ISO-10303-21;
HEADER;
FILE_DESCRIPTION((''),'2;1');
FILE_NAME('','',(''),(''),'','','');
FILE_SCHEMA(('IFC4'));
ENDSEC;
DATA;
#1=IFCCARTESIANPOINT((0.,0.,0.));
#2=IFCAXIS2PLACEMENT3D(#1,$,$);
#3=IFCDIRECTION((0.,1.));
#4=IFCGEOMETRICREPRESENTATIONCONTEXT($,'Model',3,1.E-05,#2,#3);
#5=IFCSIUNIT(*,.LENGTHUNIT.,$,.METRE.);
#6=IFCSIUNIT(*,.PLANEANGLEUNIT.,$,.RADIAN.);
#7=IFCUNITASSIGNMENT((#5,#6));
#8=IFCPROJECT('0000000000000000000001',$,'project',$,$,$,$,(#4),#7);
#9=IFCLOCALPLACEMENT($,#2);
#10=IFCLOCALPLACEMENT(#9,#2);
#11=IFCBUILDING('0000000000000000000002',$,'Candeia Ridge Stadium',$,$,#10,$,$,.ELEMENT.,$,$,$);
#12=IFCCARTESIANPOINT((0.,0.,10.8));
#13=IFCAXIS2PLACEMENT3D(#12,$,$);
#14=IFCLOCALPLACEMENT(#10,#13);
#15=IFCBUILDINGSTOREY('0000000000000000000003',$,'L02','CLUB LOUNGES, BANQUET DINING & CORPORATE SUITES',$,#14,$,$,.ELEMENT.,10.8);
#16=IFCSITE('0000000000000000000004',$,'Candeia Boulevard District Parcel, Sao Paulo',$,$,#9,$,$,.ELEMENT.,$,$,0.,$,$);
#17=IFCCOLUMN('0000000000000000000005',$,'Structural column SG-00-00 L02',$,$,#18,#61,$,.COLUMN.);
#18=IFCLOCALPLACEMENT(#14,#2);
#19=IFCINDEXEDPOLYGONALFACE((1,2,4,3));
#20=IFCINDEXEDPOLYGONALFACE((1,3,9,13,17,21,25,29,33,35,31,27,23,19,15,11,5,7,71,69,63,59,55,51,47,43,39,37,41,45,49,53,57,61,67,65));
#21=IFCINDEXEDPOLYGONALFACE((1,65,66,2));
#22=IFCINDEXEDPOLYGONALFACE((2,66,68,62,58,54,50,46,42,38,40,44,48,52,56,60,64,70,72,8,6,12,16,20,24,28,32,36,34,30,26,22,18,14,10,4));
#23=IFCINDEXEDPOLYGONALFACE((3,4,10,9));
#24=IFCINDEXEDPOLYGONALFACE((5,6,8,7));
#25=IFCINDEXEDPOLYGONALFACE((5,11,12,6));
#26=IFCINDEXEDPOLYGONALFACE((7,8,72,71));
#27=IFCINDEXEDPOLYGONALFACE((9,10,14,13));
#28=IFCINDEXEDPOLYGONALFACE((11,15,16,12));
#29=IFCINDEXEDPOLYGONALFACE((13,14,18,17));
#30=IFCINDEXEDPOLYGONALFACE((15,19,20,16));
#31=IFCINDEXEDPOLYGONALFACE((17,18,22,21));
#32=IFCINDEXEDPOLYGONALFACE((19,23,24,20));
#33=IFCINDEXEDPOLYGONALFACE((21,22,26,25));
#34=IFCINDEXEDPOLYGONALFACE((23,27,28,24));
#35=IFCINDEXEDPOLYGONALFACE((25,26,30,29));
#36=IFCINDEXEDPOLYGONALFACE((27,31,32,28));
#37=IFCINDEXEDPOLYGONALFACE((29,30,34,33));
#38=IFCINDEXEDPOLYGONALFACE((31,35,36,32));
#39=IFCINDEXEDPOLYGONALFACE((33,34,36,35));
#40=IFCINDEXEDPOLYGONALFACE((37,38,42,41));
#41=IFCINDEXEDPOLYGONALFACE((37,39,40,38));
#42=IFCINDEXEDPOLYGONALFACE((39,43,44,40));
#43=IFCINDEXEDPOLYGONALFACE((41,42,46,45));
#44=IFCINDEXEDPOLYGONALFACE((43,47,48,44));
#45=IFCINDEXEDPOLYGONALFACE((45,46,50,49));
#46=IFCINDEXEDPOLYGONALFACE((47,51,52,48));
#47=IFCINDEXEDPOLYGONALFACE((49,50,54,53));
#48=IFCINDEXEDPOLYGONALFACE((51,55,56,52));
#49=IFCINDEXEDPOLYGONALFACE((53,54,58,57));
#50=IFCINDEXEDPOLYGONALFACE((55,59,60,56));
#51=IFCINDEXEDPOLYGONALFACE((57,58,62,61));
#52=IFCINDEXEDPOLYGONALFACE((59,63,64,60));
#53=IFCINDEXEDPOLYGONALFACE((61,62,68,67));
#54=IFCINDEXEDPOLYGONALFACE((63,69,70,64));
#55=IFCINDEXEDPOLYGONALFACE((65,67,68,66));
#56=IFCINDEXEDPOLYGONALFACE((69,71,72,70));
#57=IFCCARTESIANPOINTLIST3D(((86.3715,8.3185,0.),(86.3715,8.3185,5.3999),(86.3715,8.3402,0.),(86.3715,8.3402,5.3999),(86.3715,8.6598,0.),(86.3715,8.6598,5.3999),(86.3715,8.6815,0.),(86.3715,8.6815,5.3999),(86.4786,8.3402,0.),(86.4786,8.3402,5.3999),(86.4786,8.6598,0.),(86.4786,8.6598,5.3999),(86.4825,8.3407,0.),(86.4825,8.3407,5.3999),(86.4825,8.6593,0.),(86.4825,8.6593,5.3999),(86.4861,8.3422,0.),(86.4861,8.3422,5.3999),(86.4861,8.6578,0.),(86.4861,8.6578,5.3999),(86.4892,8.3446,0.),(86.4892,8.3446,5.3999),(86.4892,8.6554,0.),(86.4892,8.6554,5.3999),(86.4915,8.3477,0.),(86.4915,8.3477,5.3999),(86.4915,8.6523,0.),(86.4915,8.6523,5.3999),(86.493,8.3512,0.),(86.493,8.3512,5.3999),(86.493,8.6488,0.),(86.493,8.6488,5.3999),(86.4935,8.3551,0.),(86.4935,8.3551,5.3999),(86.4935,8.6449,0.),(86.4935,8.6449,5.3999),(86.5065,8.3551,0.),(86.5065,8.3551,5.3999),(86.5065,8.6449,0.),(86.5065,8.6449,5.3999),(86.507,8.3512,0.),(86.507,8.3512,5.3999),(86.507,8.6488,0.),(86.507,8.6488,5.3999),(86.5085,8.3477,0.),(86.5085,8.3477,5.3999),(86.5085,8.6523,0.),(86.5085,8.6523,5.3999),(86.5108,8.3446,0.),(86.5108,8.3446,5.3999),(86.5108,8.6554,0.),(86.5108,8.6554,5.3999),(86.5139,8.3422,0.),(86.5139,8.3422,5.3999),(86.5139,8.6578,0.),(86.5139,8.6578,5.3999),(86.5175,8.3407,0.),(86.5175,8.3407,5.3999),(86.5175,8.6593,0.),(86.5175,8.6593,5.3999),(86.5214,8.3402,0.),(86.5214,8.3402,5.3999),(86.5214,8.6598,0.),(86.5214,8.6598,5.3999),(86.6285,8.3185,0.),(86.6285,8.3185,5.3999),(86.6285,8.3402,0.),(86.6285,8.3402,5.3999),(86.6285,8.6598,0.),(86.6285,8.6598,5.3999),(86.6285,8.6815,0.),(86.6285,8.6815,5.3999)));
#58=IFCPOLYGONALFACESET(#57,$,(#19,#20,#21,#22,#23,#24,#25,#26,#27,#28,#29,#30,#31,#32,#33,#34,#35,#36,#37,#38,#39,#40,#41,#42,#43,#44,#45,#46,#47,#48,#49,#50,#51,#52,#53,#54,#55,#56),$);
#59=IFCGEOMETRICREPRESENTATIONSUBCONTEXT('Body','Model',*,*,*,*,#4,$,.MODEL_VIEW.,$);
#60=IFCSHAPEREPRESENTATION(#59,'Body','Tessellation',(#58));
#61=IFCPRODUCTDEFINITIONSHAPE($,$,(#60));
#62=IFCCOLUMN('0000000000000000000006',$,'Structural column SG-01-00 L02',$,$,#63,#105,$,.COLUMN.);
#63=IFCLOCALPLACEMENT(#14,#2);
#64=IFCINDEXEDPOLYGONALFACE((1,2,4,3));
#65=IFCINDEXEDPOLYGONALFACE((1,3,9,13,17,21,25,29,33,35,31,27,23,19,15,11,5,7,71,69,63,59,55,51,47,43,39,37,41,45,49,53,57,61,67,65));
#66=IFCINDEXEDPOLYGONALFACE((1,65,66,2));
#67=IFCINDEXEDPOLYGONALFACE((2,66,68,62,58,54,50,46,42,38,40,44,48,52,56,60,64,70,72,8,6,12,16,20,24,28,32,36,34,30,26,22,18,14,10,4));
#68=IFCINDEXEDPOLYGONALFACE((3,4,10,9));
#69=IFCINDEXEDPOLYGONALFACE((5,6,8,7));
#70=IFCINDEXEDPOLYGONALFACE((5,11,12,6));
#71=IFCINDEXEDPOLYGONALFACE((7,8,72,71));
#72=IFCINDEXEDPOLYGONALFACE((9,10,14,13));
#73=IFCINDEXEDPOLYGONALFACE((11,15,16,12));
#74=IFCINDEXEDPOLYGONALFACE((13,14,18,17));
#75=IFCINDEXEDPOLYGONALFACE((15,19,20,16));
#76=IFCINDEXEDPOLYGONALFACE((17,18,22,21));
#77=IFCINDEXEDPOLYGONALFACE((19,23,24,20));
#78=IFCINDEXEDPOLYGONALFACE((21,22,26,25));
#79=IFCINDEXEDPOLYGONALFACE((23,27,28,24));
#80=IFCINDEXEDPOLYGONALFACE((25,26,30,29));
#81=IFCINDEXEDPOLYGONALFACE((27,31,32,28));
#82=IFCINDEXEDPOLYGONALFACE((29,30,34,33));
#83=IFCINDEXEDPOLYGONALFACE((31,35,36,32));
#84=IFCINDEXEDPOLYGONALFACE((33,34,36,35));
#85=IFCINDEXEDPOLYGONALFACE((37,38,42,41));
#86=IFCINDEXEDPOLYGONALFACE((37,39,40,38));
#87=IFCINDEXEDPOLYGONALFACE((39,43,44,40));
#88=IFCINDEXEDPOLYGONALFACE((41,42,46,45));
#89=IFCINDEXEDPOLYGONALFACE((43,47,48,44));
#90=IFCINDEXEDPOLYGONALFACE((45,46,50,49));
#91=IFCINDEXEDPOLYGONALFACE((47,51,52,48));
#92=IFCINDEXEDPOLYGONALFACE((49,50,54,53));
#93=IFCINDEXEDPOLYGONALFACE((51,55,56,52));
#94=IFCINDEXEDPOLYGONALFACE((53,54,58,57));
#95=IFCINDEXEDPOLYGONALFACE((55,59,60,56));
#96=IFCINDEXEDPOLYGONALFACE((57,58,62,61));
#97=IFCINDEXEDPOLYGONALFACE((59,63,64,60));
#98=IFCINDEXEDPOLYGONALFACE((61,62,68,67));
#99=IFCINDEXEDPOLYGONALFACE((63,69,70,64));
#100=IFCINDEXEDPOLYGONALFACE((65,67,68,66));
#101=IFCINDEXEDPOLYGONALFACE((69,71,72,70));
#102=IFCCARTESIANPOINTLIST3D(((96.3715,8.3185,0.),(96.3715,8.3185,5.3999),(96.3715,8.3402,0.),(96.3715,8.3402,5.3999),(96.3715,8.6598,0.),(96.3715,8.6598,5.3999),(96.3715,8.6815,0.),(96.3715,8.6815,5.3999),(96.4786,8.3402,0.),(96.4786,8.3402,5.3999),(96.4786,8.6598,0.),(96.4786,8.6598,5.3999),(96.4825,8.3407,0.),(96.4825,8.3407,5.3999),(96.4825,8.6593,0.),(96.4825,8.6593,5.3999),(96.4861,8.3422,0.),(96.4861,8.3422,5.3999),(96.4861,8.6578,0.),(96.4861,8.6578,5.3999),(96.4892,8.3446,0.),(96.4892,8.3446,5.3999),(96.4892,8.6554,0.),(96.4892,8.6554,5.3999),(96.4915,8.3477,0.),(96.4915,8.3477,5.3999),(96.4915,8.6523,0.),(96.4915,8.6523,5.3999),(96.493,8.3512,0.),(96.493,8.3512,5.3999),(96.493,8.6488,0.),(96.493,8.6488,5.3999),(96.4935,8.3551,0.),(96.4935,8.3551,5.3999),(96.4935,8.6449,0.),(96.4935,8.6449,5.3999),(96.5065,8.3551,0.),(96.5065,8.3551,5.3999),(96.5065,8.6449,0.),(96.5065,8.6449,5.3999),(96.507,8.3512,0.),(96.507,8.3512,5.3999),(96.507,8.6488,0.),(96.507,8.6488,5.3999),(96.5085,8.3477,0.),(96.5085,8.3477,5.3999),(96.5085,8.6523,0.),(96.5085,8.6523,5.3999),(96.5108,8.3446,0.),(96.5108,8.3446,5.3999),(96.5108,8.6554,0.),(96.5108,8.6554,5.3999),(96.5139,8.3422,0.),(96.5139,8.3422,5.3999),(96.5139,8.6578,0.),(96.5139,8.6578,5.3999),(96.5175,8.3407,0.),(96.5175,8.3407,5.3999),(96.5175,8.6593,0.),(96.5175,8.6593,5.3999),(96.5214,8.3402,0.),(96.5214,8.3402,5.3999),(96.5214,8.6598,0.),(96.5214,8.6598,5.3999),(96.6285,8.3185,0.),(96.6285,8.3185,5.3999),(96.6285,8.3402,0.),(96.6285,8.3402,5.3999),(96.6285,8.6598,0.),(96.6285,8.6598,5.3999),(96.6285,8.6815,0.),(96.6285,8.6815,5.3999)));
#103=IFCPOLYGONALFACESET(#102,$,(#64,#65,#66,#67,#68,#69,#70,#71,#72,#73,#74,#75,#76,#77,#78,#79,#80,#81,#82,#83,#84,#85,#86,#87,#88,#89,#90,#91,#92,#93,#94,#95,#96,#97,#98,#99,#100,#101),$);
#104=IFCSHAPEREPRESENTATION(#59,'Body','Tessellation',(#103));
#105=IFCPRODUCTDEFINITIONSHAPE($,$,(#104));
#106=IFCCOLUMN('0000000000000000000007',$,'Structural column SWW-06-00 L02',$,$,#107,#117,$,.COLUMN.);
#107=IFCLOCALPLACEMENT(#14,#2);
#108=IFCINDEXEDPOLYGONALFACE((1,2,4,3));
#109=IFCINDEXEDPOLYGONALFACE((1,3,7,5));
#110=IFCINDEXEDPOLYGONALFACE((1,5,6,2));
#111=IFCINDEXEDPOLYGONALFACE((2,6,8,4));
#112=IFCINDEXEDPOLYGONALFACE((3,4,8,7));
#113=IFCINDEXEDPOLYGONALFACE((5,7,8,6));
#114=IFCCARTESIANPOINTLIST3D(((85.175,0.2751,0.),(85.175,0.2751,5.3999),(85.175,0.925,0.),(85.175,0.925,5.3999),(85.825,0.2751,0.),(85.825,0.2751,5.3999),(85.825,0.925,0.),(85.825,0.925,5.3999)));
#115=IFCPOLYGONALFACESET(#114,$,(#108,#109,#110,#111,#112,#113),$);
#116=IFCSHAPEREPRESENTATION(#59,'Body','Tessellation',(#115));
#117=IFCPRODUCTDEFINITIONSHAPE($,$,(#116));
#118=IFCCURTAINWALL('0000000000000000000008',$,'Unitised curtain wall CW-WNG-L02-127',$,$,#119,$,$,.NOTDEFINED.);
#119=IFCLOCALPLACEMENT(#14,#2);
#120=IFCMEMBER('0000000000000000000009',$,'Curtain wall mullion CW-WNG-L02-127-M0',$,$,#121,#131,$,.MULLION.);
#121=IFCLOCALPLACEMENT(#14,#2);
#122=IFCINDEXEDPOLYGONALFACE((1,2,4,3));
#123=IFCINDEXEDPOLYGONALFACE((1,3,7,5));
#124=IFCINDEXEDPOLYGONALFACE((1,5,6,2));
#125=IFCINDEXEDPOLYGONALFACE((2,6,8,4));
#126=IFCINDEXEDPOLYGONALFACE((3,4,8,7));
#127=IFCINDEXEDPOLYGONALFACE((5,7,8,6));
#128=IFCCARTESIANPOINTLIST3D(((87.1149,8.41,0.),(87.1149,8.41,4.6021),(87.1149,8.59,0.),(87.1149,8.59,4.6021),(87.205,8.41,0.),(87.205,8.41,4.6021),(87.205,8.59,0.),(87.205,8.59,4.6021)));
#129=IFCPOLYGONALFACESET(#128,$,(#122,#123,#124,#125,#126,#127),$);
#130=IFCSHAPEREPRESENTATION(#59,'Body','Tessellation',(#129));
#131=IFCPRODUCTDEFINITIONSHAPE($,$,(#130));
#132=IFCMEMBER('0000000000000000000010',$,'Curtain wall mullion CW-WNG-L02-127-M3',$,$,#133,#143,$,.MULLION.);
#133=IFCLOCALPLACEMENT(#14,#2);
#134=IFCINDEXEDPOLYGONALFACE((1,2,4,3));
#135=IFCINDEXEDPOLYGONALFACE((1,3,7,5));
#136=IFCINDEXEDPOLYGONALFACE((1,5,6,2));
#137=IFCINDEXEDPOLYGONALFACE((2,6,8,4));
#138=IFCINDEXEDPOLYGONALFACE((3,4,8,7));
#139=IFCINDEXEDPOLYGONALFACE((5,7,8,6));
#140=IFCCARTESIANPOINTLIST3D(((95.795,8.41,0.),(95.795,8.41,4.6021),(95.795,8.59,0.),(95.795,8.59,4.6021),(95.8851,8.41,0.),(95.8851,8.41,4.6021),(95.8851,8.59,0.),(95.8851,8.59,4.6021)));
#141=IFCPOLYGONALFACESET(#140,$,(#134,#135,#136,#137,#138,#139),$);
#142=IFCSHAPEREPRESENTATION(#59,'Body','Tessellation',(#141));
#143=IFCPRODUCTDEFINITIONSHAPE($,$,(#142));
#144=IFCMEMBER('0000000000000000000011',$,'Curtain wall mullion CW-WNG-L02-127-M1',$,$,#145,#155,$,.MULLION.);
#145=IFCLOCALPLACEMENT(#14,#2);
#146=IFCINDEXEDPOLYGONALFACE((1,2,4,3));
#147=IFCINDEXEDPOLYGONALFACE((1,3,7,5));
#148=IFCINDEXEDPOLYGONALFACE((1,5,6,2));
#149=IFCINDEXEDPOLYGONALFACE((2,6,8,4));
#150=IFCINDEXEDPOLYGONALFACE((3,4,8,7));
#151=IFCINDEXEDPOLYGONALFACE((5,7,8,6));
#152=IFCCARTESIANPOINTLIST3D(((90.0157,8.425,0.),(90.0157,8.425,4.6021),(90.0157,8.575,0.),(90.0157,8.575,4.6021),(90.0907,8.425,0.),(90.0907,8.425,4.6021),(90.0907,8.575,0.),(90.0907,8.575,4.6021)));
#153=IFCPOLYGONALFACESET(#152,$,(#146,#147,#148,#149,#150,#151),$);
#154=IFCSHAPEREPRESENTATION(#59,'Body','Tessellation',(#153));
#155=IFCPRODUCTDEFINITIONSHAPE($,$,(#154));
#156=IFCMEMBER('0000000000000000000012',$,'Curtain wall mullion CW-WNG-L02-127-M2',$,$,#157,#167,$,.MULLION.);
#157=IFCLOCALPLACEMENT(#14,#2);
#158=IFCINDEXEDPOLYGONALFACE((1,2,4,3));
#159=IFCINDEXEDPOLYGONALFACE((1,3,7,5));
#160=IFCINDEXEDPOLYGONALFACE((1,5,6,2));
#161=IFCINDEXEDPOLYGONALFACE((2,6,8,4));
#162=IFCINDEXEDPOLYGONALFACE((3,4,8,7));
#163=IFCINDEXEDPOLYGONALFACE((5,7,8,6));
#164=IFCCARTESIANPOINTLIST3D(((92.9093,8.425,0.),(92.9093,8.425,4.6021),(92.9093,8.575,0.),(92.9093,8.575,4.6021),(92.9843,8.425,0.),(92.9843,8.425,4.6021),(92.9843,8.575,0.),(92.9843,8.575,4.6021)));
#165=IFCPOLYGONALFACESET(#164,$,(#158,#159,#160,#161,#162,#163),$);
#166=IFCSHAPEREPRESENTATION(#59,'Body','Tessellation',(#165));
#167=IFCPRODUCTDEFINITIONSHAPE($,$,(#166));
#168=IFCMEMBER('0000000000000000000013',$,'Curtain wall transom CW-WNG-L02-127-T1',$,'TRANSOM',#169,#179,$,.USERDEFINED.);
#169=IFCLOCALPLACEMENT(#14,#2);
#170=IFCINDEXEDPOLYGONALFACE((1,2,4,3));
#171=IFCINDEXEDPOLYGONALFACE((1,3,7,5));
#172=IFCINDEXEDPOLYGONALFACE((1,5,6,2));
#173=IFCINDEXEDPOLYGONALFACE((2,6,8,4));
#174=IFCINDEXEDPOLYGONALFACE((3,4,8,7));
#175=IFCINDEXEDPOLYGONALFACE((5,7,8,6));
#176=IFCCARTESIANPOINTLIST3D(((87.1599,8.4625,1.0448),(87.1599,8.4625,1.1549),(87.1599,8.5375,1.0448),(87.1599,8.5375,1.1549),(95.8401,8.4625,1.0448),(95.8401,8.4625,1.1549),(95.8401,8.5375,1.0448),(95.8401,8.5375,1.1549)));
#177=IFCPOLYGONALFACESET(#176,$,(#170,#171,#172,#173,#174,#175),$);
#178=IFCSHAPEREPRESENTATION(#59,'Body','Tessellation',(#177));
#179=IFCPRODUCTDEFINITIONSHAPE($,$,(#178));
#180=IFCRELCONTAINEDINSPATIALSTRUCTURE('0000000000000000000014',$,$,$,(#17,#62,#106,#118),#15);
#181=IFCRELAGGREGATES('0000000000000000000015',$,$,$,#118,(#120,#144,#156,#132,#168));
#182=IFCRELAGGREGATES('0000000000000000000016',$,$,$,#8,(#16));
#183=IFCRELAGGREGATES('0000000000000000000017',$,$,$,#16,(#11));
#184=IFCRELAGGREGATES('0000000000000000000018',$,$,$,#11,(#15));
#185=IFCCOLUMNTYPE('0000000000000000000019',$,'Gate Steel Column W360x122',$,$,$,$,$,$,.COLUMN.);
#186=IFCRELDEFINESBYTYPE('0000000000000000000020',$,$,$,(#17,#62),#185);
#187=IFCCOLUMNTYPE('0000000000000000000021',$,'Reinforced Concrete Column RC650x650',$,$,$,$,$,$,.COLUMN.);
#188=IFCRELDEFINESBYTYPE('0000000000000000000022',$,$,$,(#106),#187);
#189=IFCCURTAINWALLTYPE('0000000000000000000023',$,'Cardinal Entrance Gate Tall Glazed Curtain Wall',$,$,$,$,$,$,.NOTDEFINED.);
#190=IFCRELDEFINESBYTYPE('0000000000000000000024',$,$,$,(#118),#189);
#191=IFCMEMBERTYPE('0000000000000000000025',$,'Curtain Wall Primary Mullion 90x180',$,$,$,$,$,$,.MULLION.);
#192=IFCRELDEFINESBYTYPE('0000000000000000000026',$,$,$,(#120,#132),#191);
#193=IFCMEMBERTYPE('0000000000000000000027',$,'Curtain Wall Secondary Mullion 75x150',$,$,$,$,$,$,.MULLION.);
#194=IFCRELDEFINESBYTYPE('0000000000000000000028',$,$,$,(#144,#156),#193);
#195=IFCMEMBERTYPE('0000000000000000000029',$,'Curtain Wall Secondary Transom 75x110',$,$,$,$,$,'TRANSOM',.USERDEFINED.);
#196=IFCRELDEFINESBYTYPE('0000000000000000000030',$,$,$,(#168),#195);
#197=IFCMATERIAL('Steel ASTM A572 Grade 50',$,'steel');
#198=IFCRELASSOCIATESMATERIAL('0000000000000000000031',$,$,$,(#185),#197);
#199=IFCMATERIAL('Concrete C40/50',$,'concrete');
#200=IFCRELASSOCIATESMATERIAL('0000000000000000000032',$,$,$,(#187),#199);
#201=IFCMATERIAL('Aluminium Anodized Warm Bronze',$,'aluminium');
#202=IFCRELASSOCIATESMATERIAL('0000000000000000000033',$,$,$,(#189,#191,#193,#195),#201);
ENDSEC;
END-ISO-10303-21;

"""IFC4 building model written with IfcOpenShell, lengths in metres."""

from ifc_helpers import new_model, si_unit, direction, frame, origin, origin_2d, place, context, subcontext, project, spatial, rectangle, i_section, extrude, material, material_profile, profile_set, type_object, element, aggregate, save


model = new_model("IFC4")

# Units and contexts
model_context = context("Model", 3, precision=1e-05, world=origin(), true_north=direction((0.0, 1.0)))
body_context = subcontext(model_context, "Body", "Model", "MODEL_VIEW")
ifc_project = project(units=[si_unit("LENGTHUNIT", "METRE"), si_unit("PLANEANGLEUNIT", "RADIAN")], contexts=[model_context])

# Site, building, storey
site_placement = place(None, origin())
site = spatial("IfcSite", under=ifc_project, at=site_placement, Name="Candeia Boulevard District Parcel, Sao Paulo", CompositionType="ELEMENT", RefElevation=0.0)
building_placement = place(site_placement, origin())
building = spatial("IfcBuilding", under=site, at=building_placement, Name="Candeia Ridge Stadium", CompositionType="ELEMENT")
storey_placement = place(building_placement, frame((0.0, 0.0, 10.8)))
storey = spatial("IfcBuildingStorey", under=building, at=storey_placement, Name="L02", Description="CLUB LOUNGES, BANQUET DINING & CORPORATE SUITES", CompositionType="ELEMENT", Elevation=10.8)

# Columns
ifc_material_1 = material(Name="Steel ASTM A572 Grade 50", Category="steel")
ifc_material_profile_1 = material_profile(ifc_material_1, i_section(OverallWidth=0.2571, OverallDepth=0.363, WebThickness=0.0129, FlangeThickness=0.0217, FilletRadius=0.0149, at=origin_2d()), Name="W360x122", Category="steel")
ifc_profile_set_1 = profile_set([ifc_material_profile_1], Name="Steel ASTM A572 Grade 50")
column_type_1 = type_object("IfcColumnType", Name="Gate Steel Column W360x122", PredefinedType="COLUMN", material=ifc_profile_set_1)
for number, where, z_axis, x_axis, name in (
    (1, (86.5, 8.5, 0.0), (0.0, 0.0, 1.0), (1.0, 0.0, 0.0), "Structural column SG-00-00 L02"),
    (2, (96.5, 8.5, 0.0), (0.0, 0.0, 1.0), (1.0, 0.0, 0.0), "Structural column SG-01-00 L02"),
):
    element("IfcColumn", number, at=place(storey_placement, frame(where, z_axis=z_axis, x_axis=x_axis)), inside=storey, type_object=column_type_1, Name=name, PredefinedType="COLUMN", context=body_context, shape_type="SweptSolid", body=[
        extrude(i_section(OverallWidth=0.2571, OverallDepth=0.363, WebThickness=0.0129, FlangeThickness=0.0217, FilletRadius=0.0149, at=origin_2d()), origin(), (0.0, 0.0, 1.0), 5.3999),
    ])
ifc_material_2 = material(Name="Concrete C40/50", Category="concrete")
ifc_material_profile_2 = material_profile(ifc_material_2, rectangle(XDim=0.6499, YDim=0.6499, at=origin_2d()), Name="RC650x650", Category="concrete")
ifc_profile_set_2 = profile_set([ifc_material_profile_2], Name="Concrete C40/50")
column_type_2 = type_object("IfcColumnType", Name="Reinforced Concrete Column RC650x650", PredefinedType="COLUMN", material=ifc_profile_set_2)
column_placement = place(storey_placement, frame((85.5, 0.6001, 0.0), z_axis=(0.0, 0.0, 1.0), x_axis=(1.0, 0.0, 0.0)))
element("IfcColumn", 3, at=column_placement, inside=storey, type_object=column_type_2, Name="Structural column SWW-06-00 L02", PredefinedType="COLUMN", context=body_context, shape_type="SweptSolid", body=[
    extrude(rectangle(XDim=0.6499, YDim=0.6499, at=origin_2d()), origin(), (0.0, 0.0, 1.0), 5.3999),
])

# Curtain wall, members
ifc_material_3 = material(Name="Aluminium Anodized Warm Bronze", Category="aluminium")
curtain_wall_type = type_object("IfcCurtainWallType", Name="Cardinal Entrance Gate Tall Glazed Curtain Wall", PredefinedType="NOTDEFINED", material=ifc_material_3)
curtain_wall_placement = place(storey_placement, origin())
curtain_wall = element("IfcCurtainWall", 4, at=curtain_wall_placement, inside=storey, type_object=curtain_wall_type, Name="Unitised curtain wall CW-WNG-L02-127", PredefinedType="NOTDEFINED")
ifc_material_profile_3 = material_profile(ifc_material_3, rectangle(XDim=0.0901, YDim=0.1799, at=origin_2d()), Name="CWM-90x180", Category="aluminium")
ifc_profile_set_3 = profile_set([ifc_material_profile_3], Name="Aluminium Anodized Warm Bronze")
member_type_1 = type_object("IfcMemberType", Name="Curtain Wall Primary Mullion 90x180", PredefinedType="MULLION", material=ifc_profile_set_3)
member_1_placement = place(storey_placement, frame((87.1599, 8.5, 0.0), z_axis=(0.0, 0.0, 1.0), x_axis=(1.0, 0.0, 0.0)))
member_1 = element("IfcMember", 5, at=member_1_placement, type_object=member_type_1, Name="Curtain wall mullion CW-WNG-L02-127-M0", PredefinedType="MULLION", context=body_context, shape_type="SweptSolid", body=[
    extrude(rectangle(XDim=0.0901, YDim=0.1799, at=origin_2d()), origin(), (0.0, 0.0, 1.0), 4.6021),
])
member_2_placement = place(storey_placement, frame((95.8401, 8.5, 0.0), z_axis=(0.0, 0.0, 1.0), x_axis=(1.0, 0.0, 0.0)))
member_2 = element("IfcMember", 6, at=member_2_placement, type_object=member_type_1, Name="Curtain wall mullion CW-WNG-L02-127-M3", PredefinedType="MULLION", context=body_context, shape_type="SweptSolid", body=[
    extrude(rectangle(XDim=0.0901, YDim=0.1799, at=origin_2d()), origin(), (0.0, 0.0, 1.0), 4.6021),
])
ifc_material_profile_4 = material_profile(ifc_material_3, rectangle(XDim=0.075, YDim=0.1499, at=origin_2d()), Name="CWM-75x150", Category="aluminium")
ifc_profile_set_4 = profile_set([ifc_material_profile_4], Name="Aluminium Anodized Warm Bronze")
member_type_2 = type_object("IfcMemberType", Name="Curtain Wall Secondary Mullion 75x150", PredefinedType="MULLION", material=ifc_profile_set_4)
member_3_placement = place(storey_placement, frame((90.0532, 8.5, 0.0), z_axis=(0.0, 0.0, 1.0), x_axis=(1.0, 0.0, 0.0)))
member_3 = element("IfcMember", 7, at=member_3_placement, type_object=member_type_2, Name="Curtain wall mullion CW-WNG-L02-127-M1", PredefinedType="MULLION", context=body_context, shape_type="SweptSolid", body=[
    extrude(rectangle(XDim=0.075, YDim=0.1499, at=origin_2d()), origin(), (0.0, 0.0, 1.0), 4.6021),
])
member_4_placement = place(storey_placement, frame((92.9468, 8.5, 0.0), z_axis=(0.0, 0.0, 1.0), x_axis=(1.0, 0.0, 0.0)))
member_4 = element("IfcMember", 8, at=member_4_placement, type_object=member_type_2, Name="Curtain wall mullion CW-WNG-L02-127-M2", PredefinedType="MULLION", context=body_context, shape_type="SweptSolid", body=[
    extrude(rectangle(XDim=0.075, YDim=0.1499, at=origin_2d()), origin(), (0.0, 0.0, 1.0), 4.6021),
])
ifc_material_profile_5 = material_profile(ifc_material_3, rectangle(XDim=0.075, YDim=0.1101, at=origin_2d()), Name="CWT-75x110", Category="aluminium")
ifc_profile_set_5 = profile_set([ifc_material_profile_5], Name="Aluminium Anodized Warm Bronze")
member_type_3 = type_object("IfcMemberType", Name="Curtain Wall Secondary Transom 75x110", ElementType="TRANSOM", PredefinedType="USERDEFINED", material=ifc_profile_set_5)
member_5_placement = place(storey_placement, frame((87.1599, 8.5, 1.0999), z_axis=(1.0, 0.0, 0.0), x_axis=(0.0, 1.0, 0.0)))
member_5 = element("IfcMember", 9, at=member_5_placement, type_object=member_type_3, Name="Curtain wall transom CW-WNG-L02-127-T1", ObjectType="TRANSOM", PredefinedType="USERDEFINED", context=body_context, shape_type="SweptSolid", body=[
    extrude(rectangle(XDim=0.075, YDim=0.1101, at=origin_2d()), origin(), (0.0, 0.0, 1.0), 8.6802),
])

aggregate(curtain_wall, [member_1, member_3, member_4, member_2, member_5])

save(model, "model.ifc")
